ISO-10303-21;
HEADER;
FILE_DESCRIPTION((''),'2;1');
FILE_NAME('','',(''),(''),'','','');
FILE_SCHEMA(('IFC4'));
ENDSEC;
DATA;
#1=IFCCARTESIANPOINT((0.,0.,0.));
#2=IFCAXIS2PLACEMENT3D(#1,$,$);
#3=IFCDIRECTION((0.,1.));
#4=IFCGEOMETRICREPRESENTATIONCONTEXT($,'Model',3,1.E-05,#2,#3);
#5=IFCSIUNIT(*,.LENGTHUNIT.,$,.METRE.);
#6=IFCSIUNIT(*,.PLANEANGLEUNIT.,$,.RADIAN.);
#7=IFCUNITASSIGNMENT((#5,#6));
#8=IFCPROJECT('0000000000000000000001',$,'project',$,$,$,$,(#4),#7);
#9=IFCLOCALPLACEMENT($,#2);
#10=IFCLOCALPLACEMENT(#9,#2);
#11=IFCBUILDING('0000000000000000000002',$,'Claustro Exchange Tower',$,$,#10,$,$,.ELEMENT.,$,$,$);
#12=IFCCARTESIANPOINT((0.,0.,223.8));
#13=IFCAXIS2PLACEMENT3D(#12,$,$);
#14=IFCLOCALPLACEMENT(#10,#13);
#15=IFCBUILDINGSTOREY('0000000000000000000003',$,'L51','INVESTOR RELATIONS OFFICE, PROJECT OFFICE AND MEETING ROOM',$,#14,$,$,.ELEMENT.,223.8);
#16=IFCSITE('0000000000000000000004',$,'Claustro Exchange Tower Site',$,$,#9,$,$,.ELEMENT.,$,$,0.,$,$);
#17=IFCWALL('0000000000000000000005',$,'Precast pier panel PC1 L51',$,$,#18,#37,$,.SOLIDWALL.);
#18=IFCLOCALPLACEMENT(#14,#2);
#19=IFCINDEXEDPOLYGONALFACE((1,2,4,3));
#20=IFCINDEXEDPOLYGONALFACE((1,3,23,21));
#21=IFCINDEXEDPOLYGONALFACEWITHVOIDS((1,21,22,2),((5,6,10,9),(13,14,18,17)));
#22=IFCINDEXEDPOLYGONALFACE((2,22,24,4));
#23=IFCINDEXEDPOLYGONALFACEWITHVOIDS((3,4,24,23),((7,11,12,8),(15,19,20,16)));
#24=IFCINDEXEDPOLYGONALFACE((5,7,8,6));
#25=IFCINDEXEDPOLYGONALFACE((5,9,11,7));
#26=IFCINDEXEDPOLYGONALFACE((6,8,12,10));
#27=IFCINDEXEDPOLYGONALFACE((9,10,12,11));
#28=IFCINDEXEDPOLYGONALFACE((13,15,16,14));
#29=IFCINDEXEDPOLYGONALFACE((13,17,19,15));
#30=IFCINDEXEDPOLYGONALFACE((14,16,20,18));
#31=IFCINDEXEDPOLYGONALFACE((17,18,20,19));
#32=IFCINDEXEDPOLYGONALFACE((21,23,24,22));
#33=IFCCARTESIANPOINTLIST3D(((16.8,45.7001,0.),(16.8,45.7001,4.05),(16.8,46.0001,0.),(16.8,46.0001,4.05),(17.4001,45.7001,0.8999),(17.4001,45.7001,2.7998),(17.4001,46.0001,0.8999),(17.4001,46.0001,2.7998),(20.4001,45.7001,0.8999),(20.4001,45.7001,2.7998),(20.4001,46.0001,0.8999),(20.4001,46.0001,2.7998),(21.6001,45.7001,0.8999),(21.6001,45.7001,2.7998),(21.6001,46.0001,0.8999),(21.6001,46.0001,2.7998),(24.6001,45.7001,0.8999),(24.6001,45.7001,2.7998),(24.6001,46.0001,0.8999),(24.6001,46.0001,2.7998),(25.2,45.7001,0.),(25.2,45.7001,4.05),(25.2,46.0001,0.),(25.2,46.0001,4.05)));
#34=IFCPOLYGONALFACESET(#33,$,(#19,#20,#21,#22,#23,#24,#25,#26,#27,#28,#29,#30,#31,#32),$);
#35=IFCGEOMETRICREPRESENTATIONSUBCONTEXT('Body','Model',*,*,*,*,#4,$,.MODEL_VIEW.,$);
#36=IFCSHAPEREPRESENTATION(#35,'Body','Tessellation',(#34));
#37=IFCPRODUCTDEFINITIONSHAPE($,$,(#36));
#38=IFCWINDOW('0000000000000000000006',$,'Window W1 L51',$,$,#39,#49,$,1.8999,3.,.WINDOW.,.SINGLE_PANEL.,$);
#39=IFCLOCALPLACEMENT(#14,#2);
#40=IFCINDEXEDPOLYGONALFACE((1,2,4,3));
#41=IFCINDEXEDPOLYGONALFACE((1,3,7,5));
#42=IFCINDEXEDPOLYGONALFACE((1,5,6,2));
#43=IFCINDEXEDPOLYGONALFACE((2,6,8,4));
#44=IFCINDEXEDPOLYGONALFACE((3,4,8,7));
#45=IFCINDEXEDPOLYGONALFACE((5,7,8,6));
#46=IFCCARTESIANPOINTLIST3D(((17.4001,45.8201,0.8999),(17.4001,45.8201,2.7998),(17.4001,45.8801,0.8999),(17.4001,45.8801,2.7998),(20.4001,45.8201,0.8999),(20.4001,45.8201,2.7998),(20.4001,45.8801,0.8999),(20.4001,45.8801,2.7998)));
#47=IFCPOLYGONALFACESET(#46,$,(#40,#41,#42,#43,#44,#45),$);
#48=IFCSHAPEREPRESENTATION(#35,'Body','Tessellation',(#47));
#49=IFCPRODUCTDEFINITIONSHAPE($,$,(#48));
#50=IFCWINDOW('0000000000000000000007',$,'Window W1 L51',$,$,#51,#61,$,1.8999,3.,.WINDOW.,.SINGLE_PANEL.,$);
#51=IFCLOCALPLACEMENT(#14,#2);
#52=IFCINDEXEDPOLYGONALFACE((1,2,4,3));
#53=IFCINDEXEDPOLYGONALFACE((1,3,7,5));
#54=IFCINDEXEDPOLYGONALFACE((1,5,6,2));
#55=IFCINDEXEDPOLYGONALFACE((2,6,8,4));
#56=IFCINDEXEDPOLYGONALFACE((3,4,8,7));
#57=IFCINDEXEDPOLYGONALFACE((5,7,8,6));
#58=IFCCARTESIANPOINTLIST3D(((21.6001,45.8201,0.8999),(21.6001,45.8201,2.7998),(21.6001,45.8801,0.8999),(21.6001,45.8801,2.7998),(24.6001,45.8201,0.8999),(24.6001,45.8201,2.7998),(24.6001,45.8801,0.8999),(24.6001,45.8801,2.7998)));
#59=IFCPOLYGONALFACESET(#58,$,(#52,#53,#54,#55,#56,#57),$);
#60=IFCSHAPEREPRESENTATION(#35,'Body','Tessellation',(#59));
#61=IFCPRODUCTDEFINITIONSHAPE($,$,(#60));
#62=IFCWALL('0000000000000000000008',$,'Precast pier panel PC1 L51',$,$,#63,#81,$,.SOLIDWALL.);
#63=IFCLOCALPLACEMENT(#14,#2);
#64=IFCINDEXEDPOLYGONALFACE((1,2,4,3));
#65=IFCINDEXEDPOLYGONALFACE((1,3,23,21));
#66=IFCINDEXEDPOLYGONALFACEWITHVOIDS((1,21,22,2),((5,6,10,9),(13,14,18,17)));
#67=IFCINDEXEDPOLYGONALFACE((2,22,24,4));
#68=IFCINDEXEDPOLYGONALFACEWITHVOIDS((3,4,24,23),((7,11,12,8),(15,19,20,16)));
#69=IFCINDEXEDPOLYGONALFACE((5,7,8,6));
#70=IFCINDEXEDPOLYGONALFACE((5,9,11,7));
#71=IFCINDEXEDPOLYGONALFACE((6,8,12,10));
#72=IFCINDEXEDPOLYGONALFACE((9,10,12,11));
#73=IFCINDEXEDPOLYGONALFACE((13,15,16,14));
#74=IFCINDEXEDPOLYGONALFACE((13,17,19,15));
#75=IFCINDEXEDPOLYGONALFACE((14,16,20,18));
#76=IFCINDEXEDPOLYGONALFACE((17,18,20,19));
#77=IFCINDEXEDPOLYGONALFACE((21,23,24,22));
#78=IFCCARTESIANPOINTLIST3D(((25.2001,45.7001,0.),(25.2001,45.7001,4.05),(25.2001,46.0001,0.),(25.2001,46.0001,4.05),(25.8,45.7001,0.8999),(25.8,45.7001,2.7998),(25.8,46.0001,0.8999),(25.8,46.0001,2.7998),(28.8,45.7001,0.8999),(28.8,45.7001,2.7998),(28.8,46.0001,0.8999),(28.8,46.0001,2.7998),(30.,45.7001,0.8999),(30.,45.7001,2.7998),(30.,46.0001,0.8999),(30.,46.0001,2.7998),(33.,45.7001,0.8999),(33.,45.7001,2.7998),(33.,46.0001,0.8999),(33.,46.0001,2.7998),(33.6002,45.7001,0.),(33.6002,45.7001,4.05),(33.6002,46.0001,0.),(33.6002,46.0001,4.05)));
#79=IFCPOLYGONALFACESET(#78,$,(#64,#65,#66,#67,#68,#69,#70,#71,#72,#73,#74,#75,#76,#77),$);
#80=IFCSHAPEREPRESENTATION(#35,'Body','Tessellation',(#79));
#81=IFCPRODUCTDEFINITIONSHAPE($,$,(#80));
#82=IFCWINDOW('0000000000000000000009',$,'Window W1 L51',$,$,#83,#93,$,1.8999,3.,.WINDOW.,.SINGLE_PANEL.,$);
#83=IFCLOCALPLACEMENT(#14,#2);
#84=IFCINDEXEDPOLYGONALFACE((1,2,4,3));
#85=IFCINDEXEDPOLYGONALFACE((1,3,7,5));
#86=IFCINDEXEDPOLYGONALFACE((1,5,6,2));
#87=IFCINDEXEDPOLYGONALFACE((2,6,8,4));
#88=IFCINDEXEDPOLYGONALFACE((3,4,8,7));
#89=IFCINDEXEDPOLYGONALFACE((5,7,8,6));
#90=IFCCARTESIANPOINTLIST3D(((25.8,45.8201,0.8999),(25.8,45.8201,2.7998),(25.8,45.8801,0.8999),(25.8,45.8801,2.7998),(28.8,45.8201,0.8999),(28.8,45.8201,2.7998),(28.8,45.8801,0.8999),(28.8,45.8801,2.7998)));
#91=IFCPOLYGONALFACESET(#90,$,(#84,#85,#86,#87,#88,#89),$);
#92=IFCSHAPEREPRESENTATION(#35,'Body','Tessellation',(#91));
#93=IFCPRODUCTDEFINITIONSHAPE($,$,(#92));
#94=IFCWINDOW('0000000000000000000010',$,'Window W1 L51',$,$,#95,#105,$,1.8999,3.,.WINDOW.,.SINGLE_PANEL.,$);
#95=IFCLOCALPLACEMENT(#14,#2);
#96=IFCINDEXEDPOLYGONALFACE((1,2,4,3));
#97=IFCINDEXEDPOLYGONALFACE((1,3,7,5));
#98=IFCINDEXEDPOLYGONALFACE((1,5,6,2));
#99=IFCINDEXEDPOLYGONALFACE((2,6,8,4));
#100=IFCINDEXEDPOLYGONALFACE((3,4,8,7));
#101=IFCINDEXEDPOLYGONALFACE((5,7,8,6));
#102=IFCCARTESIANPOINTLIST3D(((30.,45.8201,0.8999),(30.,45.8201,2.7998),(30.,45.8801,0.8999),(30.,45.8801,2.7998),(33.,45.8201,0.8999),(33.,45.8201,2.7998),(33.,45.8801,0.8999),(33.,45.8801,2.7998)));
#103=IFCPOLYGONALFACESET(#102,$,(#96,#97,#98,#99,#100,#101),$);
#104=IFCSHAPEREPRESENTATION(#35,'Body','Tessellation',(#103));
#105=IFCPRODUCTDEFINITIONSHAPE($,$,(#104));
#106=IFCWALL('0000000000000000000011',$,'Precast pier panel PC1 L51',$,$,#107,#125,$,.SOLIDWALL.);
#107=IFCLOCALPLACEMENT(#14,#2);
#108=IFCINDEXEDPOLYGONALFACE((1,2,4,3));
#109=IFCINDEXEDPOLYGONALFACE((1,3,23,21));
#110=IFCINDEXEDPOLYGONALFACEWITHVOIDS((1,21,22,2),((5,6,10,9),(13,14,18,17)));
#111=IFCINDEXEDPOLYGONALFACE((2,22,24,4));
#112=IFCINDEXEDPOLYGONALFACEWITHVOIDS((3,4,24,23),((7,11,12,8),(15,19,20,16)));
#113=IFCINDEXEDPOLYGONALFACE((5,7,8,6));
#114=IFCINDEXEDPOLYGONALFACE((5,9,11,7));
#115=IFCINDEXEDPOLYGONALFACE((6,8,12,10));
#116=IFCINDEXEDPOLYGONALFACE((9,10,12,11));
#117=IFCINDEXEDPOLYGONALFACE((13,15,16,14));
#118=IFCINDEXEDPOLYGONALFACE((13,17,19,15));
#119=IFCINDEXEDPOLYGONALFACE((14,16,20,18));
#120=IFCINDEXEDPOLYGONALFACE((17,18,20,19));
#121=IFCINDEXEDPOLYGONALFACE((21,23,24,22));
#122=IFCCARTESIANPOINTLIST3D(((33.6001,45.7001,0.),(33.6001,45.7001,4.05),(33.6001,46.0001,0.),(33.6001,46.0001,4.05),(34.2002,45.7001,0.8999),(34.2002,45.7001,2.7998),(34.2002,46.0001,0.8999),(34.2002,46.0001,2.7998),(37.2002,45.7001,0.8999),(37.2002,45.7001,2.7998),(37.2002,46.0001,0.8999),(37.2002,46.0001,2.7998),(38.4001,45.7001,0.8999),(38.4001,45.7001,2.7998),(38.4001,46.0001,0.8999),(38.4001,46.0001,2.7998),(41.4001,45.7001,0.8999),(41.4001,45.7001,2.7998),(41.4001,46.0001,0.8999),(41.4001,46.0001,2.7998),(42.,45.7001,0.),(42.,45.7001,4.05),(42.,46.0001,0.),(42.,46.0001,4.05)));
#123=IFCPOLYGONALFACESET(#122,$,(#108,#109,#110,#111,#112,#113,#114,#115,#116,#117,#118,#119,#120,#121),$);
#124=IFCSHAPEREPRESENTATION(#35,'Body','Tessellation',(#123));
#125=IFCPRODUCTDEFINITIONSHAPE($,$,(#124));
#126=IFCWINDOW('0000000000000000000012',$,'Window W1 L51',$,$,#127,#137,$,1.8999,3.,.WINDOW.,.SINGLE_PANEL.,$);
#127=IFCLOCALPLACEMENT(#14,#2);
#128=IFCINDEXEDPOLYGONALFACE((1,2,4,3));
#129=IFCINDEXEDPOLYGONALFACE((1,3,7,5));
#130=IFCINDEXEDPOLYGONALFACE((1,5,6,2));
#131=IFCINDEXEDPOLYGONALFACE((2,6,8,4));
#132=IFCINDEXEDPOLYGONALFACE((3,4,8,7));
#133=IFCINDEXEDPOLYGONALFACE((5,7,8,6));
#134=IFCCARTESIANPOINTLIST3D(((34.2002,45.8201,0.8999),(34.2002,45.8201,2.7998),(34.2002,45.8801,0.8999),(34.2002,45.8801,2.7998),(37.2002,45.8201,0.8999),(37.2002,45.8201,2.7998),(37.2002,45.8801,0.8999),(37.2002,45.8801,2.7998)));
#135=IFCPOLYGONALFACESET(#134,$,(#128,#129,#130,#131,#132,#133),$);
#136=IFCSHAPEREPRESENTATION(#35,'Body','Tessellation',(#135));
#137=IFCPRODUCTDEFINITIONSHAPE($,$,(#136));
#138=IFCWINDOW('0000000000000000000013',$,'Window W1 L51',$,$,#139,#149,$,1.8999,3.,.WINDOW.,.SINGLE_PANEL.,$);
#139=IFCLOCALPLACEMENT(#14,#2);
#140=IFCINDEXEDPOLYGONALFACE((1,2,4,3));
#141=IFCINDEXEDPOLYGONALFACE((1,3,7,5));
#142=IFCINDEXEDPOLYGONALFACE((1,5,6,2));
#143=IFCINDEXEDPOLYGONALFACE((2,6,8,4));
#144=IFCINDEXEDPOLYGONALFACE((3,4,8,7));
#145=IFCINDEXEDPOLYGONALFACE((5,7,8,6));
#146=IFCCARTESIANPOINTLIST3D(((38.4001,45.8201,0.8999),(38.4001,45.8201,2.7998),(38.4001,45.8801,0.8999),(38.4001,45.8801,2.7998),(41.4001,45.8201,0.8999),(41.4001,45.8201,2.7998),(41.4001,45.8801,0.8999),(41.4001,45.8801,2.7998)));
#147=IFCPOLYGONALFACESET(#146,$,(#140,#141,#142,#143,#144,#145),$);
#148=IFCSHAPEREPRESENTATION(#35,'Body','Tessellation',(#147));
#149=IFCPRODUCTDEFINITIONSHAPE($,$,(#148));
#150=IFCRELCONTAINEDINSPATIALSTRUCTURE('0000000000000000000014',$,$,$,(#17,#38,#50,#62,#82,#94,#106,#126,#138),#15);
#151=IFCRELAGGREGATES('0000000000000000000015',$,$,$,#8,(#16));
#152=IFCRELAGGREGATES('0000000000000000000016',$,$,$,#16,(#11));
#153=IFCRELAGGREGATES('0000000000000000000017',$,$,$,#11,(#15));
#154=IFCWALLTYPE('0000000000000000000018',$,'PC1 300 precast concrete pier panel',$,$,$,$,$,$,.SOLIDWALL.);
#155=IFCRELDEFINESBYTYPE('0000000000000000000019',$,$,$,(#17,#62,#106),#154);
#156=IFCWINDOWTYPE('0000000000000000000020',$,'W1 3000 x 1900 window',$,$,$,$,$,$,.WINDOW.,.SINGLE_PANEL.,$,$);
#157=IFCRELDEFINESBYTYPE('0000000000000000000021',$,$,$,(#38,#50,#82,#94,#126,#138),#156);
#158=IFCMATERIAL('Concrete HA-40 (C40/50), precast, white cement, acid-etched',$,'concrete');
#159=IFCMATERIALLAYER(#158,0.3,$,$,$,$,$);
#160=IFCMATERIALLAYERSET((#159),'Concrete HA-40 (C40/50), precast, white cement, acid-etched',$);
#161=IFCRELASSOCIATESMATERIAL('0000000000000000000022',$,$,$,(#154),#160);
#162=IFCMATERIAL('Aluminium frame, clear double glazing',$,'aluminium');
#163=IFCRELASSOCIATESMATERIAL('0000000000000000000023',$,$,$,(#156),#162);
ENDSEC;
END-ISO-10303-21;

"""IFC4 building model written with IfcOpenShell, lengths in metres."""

from ifc_helpers import new_model, si_unit, direction, frame, frame_2d, origin, place, context, subcontext, project, spatial, rectangle, extrude, material, layer, layer_set, type_object, element, fill, save


model = new_model("IFC4")

# Units and contexts
model_context = context("Model", 3, precision=1e-05, world=origin(), true_north=direction((0.0, 1.0)))
body_context = subcontext(model_context, "Body", "Model", "MODEL_VIEW")
ifc_project = project(units=[si_unit("LENGTHUNIT", "METRE"), si_unit("PLANEANGLEUNIT", "RADIAN")], contexts=[model_context])

# Site, building, storey
site_placement = place(None, origin())
site = spatial("IfcSite", under=ifc_project, at=site_placement, Name="Claustro Exchange Tower Site", CompositionType="ELEMENT", RefElevation=0.0)
building_placement = place(site_placement, origin())
building = spatial("IfcBuilding", under=site, at=building_placement, Name="Claustro Exchange Tower", CompositionType="ELEMENT")
storey_placement = place(building_placement, frame((0.0, 0.0, 223.8)))
storey = spatial("IfcBuildingStorey", under=building, at=storey_placement, Name="L51", Description="INVESTOR RELATIONS OFFICE, PROJECT OFFICE AND MEETING ROOM", CompositionType="ELEMENT", Elevation=223.8)

# Walls, openings, windows
ifc_material_1 = material(Name="Concrete HA-40 (C40/50), precast, white cement, acid-etched", Category="concrete")
ifc_layer_1 = layer(ifc_material_1, 0.3)
ifc_layer_set_1 = layer_set([ifc_layer_1], Name="Concrete HA-40 (C40/50), precast, white cement, acid-etched")
wall_type_1 = type_object("IfcWallType", Name="PC1 300 precast concrete pier panel", PredefinedType="SOLIDWALL", material=ifc_layer_set_1)
wall_1_placement = place(storey_placement, frame((16.8, 45.8501, 0.0), z_axis=(0.0, 0.0, 1.0), x_axis=(1.0, 0.0, 0.0)))
wall_1 = element("IfcWall", 1, at=wall_1_placement, inside=storey, type_object=wall_type_1, Name="Precast pier panel PC1 L51", PredefinedType="SOLIDWALL", context=body_context, shape_type="SweptSolid", body=[
    extrude(rectangle(XDim=8.3999, YDim=0.3, at=frame_2d((4.2, 0.0))), origin(), (0.0, 0.0, 1.0), 4.05),
])
opening_1_placement = place(wall_1_placement, frame((0.6001, 0.0, 0.8999)))
opening_1 = element("IfcOpeningElement", 2, at=opening_1_placement, cuts=wall_1, PredefinedType="OPENING", context=body_context, shape_type="SweptSolid", body=[
    extrude(rectangle(XDim=3.0, YDim=1.8999, at=frame_2d((1.5, 0.95))), frame((0.0, 0.1599, 0.0), z_axis=(0.0, -1.0, 0.0), x_axis=(1.0, 0.0, 0.0)), (0.0, 0.0, 1.0), 0.3201),
])
opening_2_placement = place(wall_1_placement, frame((4.8, 0.0, 0.8999)))
opening_2 = element("IfcOpeningElement", 3, at=opening_2_placement, cuts=wall_1, PredefinedType="OPENING", context=body_context, shape_type="SweptSolid", body=[
    extrude(rectangle(XDim=3.0, YDim=1.8999, at=frame_2d((1.5, 0.95))), frame((0.0, 0.1599, 0.0), z_axis=(0.0, -1.0, 0.0), x_axis=(1.0, 0.0, 0.0)), (0.0, 0.0, 1.0), 0.3201),
])
ifc_material_2 = material(Name="Aluminium frame, clear double glazing", Category="aluminium")
window_type = type_object("IfcWindowType", Name="W1 3000 x 1900 window", PartitioningType="SINGLE_PANEL", PredefinedType="WINDOW", material=ifc_material_2)
window_1_placement = place(opening_1_placement, origin())
window_1 = element("IfcWindow", 4, at=window_1_placement, inside=storey, type_object=window_type, Name="Window W1 L51", OverallHeight=1.8999, OverallWidth=3.0, PartitioningType="SINGLE_PANEL", PredefinedType="WINDOW", context=body_context, shape_type="SweptSolid", body=[
    extrude(rectangle(XDim=3.0, YDim=1.8999, at=frame_2d((1.5, 0.95))), frame((0.0, 0.03, 0.0), z_axis=(0.0, -1.0, 0.0), x_axis=(1.0, 0.0, 0.0)), (0.0, 0.0, 1.0), 0.0601),
])
fill(opening_1, window_1)
window_2_placement = place(opening_2_placement, origin())
window_2 = element("IfcWindow", 5, at=window_2_placement, inside=storey, type_object=window_type, Name="Window W1 L51", OverallHeight=1.8999, OverallWidth=3.0, PartitioningType="SINGLE_PANEL", PredefinedType="WINDOW", context=body_context, shape_type="SweptSolid", body=[
    extrude(rectangle(XDim=3.0, YDim=1.8999, at=frame_2d((1.5, 0.95))), frame((0.0, 0.03, 0.0), z_axis=(0.0, -1.0, 0.0), x_axis=(1.0, 0.0, 0.0)), (0.0, 0.0, 1.0), 0.0601),
])
fill(opening_2, window_2)
wall_2_placement = place(storey_placement, frame((25.2, 45.8501, 0.0), z_axis=(0.0, 0.0, 1.0), x_axis=(1.0, 0.0, 0.0)))
wall_2 = element("IfcWall", 6, at=wall_2_placement, inside=storey, type_object=wall_type_1, Name="Precast pier panel PC1 L51", PredefinedType="SOLIDWALL", context=body_context, shape_type="SweptSolid", body=[
    extrude(rectangle(XDim=8.4001, YDim=0.3, at=frame_2d((4.2002, 0.0))), origin(), (0.0, 0.0, 1.0), 4.05),
])
opening_3_placement = place(wall_2_placement, frame((0.6001, 0.0, 0.8999)))
opening_3 = element("IfcOpeningElement", 7, at=opening_3_placement, cuts=wall_2, PredefinedType="OPENING", context=body_context, shape_type="SweptSolid", body=[
    extrude(rectangle(XDim=3.0, YDim=1.8999, at=frame_2d((1.5, 0.95))), frame((0.0, 0.1599, 0.0), z_axis=(0.0, -1.0, 0.0), x_axis=(1.0, 0.0, 0.0)), (0.0, 0.0, 1.0), 0.3201),
])
opening_4_placement = place(wall_2_placement, frame((4.8, 0.0, 0.8999)))
opening_4 = element("IfcOpeningElement", 8, at=opening_4_placement, cuts=wall_2, PredefinedType="OPENING", context=body_context, shape_type="SweptSolid", body=[
    extrude(rectangle(XDim=3.0, YDim=1.8999, at=frame_2d((1.5, 0.95))), frame((0.0, 0.1599, 0.0), z_axis=(0.0, -1.0, 0.0), x_axis=(1.0, 0.0, 0.0)), (0.0, 0.0, 1.0), 0.3201),
])
window_3_placement = place(opening_3_placement, origin())
window_3 = element("IfcWindow", 9, at=window_3_placement, inside=storey, type_object=window_type, Name="Window W1 L51", OverallHeight=1.8999, OverallWidth=3.0, PartitioningType="SINGLE_PANEL", PredefinedType="WINDOW", context=body_context, shape_type="SweptSolid", body=[
    extrude(rectangle(XDim=3.0, YDim=1.8999, at=frame_2d((1.5, 0.95))), frame((0.0, 0.03, 0.0), z_axis=(0.0, -1.0, 0.0), x_axis=(1.0, 0.0, 0.0)), (0.0, 0.0, 1.0), 0.0601),
])
fill(opening_3, window_3)
window_4_placement = place(opening_4_placement, origin())
window_4 = element("IfcWindow", 10, at=window_4_placement, inside=storey, type_object=window_type, Name="Window W1 L51", OverallHeight=1.8999, OverallWidth=3.0, PartitioningType="SINGLE_PANEL", PredefinedType="WINDOW", context=body_context, shape_type="SweptSolid", body=[
    extrude(rectangle(XDim=3.0, YDim=1.8999, at=frame_2d((1.5, 0.95))), frame((0.0, 0.03, 0.0), z_axis=(0.0, -1.0, 0.0), x_axis=(1.0, 0.0, 0.0)), (0.0, 0.0, 1.0), 0.0601),
])
fill(opening_4, window_4)
wall_3_placement = place(storey_placement, frame((33.6001, 45.8501, 0.0), z_axis=(0.0, 0.0, 1.0), x_axis=(1.0, 0.0, 0.0)))
wall_3 = element("IfcWall", 11, at=wall_3_placement, inside=storey, type_object=wall_type_1, Name="Precast pier panel PC1 L51", PredefinedType="SOLIDWALL", context=body_context, shape_type="SweptSolid", body=[
    extrude(rectangle(XDim=8.3999, YDim=0.3, at=frame_2d((4.2, 0.0))), origin(), (0.0, 0.0, 1.0), 4.05),
])
opening_5_placement = place(wall_3_placement, frame((0.6001, 0.0, 0.8999)))
opening_5 = element("IfcOpeningElement", 12, at=opening_5_placement, cuts=wall_3, PredefinedType="OPENING", context=body_context, shape_type="SweptSolid", body=[
    extrude(rectangle(XDim=3.0, YDim=1.8999, at=frame_2d((1.5, 0.95))), frame((0.0, 0.1599, 0.0), z_axis=(0.0, -1.0, 0.0), x_axis=(1.0, 0.0, 0.0)), (0.0, 0.0, 1.0), 0.3201),
])
opening_6_placement = place(wall_3_placement, frame((4.8, 0.0, 0.8999)))
opening_6 = element("IfcOpeningElement", 13, at=opening_6_placement, cuts=wall_3, PredefinedType="OPENING", context=body_context, shape_type="SweptSolid", body=[
    extrude(rectangle(XDim=3.0, YDim=1.8999, at=frame_2d((1.5, 0.95))), frame((0.0, 0.1599, 0.0), z_axis=(0.0, -1.0, 0.0), x_axis=(1.0, 0.0, 0.0)), (0.0, 0.0, 1.0), 0.3201),
])
window_5_placement = place(opening_5_placement, origin())
window_5 = element("IfcWindow", 14, at=window_5_placement, inside=storey, type_object=window_type, Name="Window W1 L51", OverallHeight=1.8999, OverallWidth=3.0, PartitioningType="SINGLE_PANEL", PredefinedType="WINDOW", context=body_context, shape_type="SweptSolid", body=[
    extrude(rectangle(XDim=3.0, YDim=1.8999, at=frame_2d((1.5, 0.95))), frame((0.0, 0.03, 0.0), z_axis=(0.0, -1.0, 0.0), x_axis=(1.0, 0.0, 0.0)), (0.0, 0.0, 1.0), 0.0601),
])
fill(opening_5, window_5)
window_6_placement = place(opening_6_placement, origin())
window_6 = element("IfcWindow", 15, at=window_6_placement, inside=storey, type_object=window_type, Name="Window W1 L51", OverallHeight=1.8999, OverallWidth=3.0, PartitioningType="SINGLE_PANEL", PredefinedType="WINDOW", context=body_context, shape_type="SweptSolid", body=[
    extrude(rectangle(XDim=3.0, YDim=1.8999, at=frame_2d((1.5, 0.95))), frame((0.0, 0.03, 0.0), z_axis=(0.0, -1.0, 0.0), x_axis=(1.0, 0.0, 0.0)), (0.0, 0.0, 1.0), 0.0601),
])
fill(opening_6, window_6)

save(model, "model.ifc")
